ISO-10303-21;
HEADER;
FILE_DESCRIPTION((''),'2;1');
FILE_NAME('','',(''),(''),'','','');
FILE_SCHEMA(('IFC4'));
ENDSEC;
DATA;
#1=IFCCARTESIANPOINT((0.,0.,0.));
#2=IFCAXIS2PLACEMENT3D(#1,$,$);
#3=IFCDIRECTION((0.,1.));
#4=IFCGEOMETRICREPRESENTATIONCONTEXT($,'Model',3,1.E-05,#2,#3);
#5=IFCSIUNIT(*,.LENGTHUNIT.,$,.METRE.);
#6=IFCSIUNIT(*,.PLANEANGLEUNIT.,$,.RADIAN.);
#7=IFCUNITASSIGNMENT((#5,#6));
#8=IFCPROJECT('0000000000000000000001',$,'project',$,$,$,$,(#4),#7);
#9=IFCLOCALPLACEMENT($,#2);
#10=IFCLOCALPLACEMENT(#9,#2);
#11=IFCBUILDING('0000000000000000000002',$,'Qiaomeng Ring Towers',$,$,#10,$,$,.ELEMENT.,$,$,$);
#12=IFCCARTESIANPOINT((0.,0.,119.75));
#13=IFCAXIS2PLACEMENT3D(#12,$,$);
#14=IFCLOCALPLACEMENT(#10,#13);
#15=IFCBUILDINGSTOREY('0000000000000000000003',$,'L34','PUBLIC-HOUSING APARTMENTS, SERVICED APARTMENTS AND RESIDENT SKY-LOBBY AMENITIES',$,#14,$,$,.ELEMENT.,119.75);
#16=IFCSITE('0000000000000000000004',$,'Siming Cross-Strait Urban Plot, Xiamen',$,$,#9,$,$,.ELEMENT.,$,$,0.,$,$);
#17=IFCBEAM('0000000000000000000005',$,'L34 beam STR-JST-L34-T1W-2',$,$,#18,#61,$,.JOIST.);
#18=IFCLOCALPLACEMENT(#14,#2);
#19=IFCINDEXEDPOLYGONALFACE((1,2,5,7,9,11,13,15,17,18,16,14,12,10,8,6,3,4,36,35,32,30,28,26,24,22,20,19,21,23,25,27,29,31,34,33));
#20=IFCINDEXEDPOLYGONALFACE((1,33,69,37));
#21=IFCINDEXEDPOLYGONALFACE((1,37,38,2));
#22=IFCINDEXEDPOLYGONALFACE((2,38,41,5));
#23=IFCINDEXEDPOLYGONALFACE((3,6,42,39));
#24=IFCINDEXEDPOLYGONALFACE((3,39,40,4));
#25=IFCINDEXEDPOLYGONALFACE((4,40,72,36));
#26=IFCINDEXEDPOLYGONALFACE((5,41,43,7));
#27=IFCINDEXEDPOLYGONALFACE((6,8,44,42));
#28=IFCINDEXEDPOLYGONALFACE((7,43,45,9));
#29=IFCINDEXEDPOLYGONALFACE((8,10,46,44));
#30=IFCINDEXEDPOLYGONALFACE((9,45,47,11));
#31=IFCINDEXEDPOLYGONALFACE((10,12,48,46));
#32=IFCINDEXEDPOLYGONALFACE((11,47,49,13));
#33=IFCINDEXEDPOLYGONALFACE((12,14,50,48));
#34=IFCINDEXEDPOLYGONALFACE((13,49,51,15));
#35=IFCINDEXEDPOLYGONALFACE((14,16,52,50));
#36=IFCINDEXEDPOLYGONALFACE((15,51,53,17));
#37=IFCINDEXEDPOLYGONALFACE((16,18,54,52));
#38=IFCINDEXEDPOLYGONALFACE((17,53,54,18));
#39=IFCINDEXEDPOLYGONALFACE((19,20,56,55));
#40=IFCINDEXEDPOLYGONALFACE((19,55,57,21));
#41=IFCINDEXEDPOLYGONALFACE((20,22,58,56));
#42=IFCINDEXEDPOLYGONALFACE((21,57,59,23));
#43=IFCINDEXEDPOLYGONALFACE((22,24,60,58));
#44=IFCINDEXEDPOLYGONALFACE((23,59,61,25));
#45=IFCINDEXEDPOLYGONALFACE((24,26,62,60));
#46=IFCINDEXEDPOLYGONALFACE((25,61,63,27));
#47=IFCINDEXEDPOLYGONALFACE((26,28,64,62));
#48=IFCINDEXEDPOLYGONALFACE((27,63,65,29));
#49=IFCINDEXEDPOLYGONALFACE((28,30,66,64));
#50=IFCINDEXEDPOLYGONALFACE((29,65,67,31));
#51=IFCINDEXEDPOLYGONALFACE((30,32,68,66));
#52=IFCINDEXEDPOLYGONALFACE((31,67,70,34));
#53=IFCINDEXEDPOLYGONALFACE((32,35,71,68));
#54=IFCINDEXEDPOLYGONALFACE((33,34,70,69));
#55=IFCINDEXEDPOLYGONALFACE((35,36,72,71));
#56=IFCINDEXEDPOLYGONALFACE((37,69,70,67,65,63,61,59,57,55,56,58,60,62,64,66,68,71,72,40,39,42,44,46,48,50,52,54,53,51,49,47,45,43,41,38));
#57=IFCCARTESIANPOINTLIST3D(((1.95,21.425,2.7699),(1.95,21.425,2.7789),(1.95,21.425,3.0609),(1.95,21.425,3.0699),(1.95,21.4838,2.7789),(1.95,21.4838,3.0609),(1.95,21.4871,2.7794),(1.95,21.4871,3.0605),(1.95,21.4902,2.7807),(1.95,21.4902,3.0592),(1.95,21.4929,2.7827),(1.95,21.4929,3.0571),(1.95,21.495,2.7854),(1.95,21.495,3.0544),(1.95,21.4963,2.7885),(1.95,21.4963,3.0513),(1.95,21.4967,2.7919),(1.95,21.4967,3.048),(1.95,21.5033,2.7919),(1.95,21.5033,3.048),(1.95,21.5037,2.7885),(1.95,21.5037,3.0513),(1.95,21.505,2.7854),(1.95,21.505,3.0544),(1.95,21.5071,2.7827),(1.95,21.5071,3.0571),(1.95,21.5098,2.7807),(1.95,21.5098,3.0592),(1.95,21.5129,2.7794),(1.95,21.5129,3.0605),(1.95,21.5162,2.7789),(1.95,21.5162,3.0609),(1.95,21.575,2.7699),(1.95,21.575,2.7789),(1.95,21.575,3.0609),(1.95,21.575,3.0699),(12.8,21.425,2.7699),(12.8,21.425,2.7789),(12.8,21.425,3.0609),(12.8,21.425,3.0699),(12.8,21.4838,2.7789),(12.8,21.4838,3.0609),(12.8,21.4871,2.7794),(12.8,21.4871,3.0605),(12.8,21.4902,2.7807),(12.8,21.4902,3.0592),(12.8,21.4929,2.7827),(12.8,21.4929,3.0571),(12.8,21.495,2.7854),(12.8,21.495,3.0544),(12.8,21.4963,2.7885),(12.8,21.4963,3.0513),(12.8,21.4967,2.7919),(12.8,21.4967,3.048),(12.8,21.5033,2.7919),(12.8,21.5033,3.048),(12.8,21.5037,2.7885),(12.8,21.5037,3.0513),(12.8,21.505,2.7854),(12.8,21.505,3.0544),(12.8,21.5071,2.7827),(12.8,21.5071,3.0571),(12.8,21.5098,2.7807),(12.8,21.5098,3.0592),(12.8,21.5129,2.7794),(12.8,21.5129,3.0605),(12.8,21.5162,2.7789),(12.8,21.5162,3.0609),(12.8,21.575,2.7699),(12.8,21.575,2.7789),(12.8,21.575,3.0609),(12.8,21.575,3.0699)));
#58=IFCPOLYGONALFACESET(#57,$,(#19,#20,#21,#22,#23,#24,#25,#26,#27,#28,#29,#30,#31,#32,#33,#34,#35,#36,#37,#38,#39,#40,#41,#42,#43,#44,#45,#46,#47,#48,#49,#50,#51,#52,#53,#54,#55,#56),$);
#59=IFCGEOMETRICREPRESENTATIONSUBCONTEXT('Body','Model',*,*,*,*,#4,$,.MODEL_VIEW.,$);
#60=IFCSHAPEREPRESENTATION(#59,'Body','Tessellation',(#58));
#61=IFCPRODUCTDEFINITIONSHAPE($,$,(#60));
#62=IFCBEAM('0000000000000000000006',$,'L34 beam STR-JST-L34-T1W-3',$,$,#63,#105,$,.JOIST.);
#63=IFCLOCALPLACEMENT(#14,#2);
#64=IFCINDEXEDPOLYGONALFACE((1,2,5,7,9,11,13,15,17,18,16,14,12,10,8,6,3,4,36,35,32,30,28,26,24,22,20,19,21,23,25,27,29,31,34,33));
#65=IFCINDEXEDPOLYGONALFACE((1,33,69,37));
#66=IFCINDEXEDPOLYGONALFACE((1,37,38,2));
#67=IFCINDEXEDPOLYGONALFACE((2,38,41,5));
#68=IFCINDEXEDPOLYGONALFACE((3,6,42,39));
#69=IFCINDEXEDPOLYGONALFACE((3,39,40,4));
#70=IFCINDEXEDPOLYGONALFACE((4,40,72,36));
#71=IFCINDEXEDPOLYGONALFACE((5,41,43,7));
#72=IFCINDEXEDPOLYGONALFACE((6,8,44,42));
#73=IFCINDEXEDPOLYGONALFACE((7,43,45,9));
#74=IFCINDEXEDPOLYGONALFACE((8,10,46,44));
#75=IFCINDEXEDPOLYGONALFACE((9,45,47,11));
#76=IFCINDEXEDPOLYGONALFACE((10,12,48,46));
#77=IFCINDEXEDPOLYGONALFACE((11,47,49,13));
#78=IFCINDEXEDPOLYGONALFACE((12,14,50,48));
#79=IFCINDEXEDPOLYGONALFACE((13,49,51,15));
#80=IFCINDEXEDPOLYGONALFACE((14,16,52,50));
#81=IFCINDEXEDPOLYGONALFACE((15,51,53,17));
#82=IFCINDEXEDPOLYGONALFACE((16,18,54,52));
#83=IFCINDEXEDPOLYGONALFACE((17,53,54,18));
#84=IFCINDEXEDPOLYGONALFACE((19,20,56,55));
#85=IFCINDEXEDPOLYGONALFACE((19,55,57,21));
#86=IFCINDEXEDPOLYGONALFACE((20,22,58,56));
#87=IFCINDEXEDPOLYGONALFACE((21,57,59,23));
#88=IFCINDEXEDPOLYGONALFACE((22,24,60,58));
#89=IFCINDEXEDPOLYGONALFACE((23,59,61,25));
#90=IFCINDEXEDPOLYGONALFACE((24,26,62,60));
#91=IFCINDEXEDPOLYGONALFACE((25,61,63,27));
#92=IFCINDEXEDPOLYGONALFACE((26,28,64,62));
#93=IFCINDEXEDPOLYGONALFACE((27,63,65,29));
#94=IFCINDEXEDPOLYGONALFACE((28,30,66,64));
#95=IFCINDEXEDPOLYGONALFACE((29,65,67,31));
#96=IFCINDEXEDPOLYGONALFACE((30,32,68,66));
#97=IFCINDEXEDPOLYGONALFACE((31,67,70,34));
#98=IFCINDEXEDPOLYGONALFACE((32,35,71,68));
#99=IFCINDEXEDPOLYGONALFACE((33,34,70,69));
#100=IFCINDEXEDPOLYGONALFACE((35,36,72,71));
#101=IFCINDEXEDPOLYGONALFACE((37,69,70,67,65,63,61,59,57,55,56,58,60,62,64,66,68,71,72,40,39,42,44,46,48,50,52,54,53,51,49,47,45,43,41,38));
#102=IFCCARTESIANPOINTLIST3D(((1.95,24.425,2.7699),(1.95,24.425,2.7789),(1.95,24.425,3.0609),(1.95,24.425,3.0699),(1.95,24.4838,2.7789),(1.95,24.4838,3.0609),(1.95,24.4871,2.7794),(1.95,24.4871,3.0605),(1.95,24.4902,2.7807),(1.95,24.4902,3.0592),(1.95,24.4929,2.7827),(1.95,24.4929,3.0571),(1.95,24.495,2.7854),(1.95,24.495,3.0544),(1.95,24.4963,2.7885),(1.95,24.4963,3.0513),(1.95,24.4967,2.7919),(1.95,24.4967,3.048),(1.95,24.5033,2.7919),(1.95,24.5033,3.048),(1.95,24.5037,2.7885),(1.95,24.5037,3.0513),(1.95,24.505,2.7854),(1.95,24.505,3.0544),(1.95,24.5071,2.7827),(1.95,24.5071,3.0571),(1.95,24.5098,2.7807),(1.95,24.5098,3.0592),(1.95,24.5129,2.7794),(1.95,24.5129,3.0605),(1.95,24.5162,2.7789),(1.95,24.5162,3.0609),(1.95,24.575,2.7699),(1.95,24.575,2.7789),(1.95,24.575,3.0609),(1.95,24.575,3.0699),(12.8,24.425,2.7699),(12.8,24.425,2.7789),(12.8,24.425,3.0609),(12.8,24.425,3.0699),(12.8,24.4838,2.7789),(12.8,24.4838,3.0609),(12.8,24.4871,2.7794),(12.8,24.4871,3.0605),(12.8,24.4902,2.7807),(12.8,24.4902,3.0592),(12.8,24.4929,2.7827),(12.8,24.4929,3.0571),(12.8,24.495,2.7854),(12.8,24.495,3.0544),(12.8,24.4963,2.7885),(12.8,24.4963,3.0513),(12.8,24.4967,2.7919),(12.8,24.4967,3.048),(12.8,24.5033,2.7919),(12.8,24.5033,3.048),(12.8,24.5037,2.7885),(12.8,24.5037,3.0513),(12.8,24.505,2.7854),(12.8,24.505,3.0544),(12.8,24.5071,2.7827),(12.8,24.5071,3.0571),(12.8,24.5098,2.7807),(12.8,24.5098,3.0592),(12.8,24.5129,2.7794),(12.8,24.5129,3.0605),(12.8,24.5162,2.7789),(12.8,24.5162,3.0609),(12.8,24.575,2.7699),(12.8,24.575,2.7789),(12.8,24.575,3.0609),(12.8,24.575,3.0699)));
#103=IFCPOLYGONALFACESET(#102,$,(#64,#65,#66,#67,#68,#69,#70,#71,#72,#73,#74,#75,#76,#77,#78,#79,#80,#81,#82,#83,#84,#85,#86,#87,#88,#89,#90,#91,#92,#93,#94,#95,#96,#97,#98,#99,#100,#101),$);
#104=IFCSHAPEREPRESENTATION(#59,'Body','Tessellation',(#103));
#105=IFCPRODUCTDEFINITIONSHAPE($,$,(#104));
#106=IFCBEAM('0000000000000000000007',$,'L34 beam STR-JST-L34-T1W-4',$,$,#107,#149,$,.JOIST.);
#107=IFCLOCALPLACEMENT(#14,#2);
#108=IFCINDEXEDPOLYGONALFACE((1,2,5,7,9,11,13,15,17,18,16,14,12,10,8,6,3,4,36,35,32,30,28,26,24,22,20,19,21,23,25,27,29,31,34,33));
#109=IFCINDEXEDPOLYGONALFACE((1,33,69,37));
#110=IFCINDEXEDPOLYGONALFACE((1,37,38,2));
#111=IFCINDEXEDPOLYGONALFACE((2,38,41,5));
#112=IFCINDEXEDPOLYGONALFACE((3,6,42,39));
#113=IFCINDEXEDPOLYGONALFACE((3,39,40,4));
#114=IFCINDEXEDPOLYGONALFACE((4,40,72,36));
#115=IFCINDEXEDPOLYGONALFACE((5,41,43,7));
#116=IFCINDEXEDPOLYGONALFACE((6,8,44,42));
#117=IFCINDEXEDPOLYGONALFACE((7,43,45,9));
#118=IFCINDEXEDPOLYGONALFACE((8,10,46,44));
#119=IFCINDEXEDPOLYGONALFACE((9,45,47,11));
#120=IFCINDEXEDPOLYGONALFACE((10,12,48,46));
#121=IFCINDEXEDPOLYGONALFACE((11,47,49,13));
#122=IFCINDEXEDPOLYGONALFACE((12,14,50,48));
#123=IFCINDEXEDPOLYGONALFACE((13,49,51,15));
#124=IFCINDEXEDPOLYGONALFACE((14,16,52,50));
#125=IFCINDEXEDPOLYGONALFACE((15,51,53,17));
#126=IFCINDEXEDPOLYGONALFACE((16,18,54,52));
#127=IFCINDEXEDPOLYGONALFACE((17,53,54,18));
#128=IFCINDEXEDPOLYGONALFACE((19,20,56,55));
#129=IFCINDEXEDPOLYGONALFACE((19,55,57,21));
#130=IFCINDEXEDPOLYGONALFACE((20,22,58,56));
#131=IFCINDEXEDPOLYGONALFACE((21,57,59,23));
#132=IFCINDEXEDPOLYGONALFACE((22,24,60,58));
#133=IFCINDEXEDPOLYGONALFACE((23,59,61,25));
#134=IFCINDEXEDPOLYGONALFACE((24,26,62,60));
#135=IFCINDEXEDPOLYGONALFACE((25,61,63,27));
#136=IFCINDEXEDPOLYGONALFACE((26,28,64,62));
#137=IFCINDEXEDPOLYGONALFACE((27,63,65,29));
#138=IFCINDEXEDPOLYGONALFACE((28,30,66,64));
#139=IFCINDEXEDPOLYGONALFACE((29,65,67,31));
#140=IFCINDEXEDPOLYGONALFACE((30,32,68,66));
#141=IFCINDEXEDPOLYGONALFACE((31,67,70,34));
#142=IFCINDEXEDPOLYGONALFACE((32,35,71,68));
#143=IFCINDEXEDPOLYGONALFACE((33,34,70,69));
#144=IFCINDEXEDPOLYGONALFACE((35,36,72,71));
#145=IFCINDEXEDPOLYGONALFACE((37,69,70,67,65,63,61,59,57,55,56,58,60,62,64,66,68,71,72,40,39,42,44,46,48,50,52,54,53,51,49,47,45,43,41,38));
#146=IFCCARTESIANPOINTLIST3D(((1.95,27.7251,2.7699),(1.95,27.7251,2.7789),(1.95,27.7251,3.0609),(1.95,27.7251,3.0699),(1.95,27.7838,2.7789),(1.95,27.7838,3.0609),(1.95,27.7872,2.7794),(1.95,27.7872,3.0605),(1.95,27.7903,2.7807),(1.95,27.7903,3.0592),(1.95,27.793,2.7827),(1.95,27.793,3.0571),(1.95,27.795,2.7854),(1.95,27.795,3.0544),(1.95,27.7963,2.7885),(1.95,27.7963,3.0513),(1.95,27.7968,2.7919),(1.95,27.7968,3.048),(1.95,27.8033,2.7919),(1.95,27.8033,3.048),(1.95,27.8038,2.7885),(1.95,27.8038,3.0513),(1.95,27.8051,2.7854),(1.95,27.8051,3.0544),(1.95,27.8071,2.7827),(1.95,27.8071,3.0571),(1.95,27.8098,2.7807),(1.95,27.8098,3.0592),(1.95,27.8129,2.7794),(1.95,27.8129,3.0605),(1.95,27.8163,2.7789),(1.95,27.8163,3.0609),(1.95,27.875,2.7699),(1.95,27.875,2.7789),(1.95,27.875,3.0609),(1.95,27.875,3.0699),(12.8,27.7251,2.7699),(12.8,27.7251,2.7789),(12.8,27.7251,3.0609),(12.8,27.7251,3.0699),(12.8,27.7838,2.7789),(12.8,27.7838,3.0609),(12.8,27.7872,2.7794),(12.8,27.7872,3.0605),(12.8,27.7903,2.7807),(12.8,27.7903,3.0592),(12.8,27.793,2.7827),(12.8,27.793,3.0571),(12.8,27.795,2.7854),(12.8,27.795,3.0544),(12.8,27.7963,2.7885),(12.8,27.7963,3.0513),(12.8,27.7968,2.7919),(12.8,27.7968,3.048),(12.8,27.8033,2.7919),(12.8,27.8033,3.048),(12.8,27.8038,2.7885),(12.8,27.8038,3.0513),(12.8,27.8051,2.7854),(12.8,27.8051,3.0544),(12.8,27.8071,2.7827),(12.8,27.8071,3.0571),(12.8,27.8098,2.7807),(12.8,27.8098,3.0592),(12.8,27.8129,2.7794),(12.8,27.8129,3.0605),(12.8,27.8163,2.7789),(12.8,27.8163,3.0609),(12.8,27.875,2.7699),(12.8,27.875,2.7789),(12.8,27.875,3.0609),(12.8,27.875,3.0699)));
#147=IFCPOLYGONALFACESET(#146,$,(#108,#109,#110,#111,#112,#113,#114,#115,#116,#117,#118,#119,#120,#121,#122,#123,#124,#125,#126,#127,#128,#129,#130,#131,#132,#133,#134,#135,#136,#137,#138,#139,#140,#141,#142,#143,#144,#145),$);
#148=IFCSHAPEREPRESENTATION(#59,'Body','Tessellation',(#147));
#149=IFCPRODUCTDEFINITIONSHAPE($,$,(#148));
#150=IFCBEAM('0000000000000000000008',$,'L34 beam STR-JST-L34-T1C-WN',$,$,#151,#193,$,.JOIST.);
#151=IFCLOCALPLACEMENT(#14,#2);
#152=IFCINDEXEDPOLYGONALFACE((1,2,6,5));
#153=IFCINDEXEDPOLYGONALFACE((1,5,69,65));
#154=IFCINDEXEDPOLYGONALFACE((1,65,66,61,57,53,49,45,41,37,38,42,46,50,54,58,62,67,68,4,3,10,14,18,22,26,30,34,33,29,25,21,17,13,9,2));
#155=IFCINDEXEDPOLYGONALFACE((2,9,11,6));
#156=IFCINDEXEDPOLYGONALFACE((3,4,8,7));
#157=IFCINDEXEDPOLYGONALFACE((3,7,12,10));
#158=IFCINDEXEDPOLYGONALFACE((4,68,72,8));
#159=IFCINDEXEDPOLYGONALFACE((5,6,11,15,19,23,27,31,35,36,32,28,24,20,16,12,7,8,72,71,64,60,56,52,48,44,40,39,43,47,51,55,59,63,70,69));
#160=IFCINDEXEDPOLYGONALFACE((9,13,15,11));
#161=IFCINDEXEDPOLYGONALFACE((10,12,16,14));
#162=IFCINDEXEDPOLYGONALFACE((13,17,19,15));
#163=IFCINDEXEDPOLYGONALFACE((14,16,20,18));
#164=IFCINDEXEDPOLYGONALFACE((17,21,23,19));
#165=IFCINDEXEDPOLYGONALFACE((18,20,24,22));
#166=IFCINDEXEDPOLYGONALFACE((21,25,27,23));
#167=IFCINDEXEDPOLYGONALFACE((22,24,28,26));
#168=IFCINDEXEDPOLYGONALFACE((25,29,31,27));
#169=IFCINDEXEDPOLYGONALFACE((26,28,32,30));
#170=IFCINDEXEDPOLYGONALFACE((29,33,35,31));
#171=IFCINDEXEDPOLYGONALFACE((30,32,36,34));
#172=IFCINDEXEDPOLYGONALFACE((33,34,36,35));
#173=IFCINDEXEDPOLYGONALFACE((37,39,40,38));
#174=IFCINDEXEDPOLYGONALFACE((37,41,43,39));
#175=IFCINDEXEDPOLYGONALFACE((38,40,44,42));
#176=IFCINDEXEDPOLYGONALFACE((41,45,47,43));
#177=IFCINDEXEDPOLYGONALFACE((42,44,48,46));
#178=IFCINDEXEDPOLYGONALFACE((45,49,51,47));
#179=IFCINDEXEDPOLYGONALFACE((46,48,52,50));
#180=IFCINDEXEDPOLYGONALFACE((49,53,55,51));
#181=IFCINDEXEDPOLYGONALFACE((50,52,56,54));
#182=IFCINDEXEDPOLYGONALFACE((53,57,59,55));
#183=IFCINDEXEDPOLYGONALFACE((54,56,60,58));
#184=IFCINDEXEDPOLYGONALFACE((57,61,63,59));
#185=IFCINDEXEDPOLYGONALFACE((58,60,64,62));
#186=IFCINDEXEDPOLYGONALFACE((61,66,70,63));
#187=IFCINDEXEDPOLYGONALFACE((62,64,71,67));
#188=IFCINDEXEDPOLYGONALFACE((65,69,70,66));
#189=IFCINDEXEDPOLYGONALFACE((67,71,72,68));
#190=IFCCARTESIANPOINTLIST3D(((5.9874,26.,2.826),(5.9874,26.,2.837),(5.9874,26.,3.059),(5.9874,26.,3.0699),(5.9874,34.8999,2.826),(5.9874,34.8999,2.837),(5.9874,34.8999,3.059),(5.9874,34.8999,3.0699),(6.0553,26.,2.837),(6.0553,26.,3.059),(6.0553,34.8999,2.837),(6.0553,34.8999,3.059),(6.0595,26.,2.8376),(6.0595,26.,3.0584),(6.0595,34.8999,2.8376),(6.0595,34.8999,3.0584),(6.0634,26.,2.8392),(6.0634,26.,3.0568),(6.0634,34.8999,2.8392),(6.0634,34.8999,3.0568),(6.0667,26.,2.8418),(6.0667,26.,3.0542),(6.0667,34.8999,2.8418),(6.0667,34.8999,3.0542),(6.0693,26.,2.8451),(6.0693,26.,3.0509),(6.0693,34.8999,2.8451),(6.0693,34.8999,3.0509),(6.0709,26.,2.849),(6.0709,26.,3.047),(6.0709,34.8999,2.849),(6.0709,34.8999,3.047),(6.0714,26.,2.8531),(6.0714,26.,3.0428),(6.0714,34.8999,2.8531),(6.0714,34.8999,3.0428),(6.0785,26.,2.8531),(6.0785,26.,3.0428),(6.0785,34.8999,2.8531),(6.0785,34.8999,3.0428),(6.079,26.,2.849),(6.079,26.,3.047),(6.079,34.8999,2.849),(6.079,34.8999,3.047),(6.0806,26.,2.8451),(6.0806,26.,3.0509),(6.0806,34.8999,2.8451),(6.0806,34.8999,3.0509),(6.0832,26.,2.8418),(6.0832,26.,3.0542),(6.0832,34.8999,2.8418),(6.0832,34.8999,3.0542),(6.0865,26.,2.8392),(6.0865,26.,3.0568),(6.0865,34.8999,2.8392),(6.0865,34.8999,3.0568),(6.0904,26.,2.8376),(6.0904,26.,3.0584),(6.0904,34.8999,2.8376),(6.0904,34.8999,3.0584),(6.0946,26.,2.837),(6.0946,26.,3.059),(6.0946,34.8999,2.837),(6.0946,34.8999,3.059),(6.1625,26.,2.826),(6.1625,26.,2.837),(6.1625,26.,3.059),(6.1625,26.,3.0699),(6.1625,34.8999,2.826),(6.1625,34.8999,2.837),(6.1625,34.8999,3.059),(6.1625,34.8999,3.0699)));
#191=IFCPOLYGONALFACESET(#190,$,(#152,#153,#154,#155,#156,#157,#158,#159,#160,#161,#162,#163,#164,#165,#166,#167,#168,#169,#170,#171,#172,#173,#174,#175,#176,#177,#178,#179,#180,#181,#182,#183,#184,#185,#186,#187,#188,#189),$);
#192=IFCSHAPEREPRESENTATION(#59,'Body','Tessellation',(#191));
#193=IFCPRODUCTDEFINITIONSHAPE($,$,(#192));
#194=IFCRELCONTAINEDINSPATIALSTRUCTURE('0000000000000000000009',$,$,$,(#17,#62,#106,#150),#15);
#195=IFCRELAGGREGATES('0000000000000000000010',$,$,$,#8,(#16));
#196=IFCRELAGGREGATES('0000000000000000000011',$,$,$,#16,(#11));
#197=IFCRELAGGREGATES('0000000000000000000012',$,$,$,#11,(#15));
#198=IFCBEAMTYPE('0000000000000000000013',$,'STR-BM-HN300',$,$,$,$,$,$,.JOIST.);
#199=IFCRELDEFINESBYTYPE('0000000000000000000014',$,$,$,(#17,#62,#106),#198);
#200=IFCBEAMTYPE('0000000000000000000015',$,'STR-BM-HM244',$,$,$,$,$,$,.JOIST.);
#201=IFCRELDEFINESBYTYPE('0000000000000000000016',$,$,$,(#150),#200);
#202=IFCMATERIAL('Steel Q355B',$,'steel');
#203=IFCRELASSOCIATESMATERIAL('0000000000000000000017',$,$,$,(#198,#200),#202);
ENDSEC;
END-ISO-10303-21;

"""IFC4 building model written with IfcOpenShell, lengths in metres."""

from ifc_helpers import new_model, si_unit, direction, frame, origin, origin_2d, place, context, subcontext, project, spatial, i_section, extrude, source, transform, mapped, material, material_profile, profile_set, type_object, element, save


model = new_model("IFC4")

# Units and contexts
model_context = context("Model", 3, precision=1e-05, world=origin(), true_north=direction((0.0, 1.0)))
body_context = subcontext(model_context, "Body", "Model", "MODEL_VIEW")
ifc_project = project(units=[si_unit("LENGTHUNIT", "METRE"), si_unit("PLANEANGLEUNIT", "RADIAN")], contexts=[model_context])

# Site, building, storey
site_placement = place(None, origin())
site = spatial("IfcSite", under=ifc_project, at=site_placement, Name="Siming Cross-Strait Urban Plot, Xiamen", CompositionType="ELEMENT", RefElevation=0.0)
building_placement = place(site_placement, origin())
building = spatial("IfcBuilding", under=site, at=building_placement, Name="Qiaomeng Ring Towers", CompositionType="ELEMENT")
storey_placement = place(building_placement, frame((0.0, 0.0, 119.75)))
storey = spatial("IfcBuildingStorey", under=building, at=storey_placement, Name="L34", Description="PUBLIC-HOUSING APARTMENTS, SERVICED APARTMENTS AND RESIDENT SKY-LOBBY AMENITIES", CompositionType="ELEMENT", Elevation=119.75)

# Beams
ifc_material_1 = material(Name="Steel Q355B", Category="steel")
ifc_material_profile_1 = material_profile(ifc_material_1, i_section(OverallWidth=0.1499, OverallDepth=0.3, WebThickness=0.0066, FlangeThickness=0.009, FilletRadius=0.0129, at=origin_2d()), Name="HN 300x150x6.5x9")
ifc_profile_set_1 = profile_set([ifc_material_profile_1], Name="Steel Q355B")
beam_type_1 = type_object("IfcBeamType", Name="STR-BM-HN300", PredefinedType="JOIST", material=ifc_profile_set_1)
shared_shape_1 = source(origin(), body_context, "Body", "SweptSolid", [
    extrude(i_section(OverallWidth=0.1499, OverallDepth=0.3, WebThickness=0.0066, FlangeThickness=0.009, FilletRadius=0.0129, at=origin_2d()), origin(), (0.0, 0.0, 1.0), 10.8501),
])
for number, where, z_axis, x_axis, name in (
    (1, (1.95, 21.5, 2.9199), (1.0, 0.0, 0.0), (0.0, 1.0, 0.0), "L34 beam STR-JST-L34-T1W-2"),
    (2, (1.95, 24.5, 2.9199), (1.0, 0.0, 0.0), (0.0, 1.0, 0.0), "L34 beam STR-JST-L34-T1W-3"),
    (3, (1.95, 27.8, 2.9199), (1.0, 0.0, 0.0), (0.0, 1.0, 0.0), "L34 beam STR-JST-L34-T1W-4"),
):
    element("IfcBeam", number, at=place(storey_placement, frame(where, z_axis=z_axis, x_axis=x_axis)), inside=storey, type_object=beam_type_1, Name=name, PredefinedType="JOIST", context=body_context, shape_type="MappedRepresentation", body=[
        mapped(shared_shape_1, transform((0.0, 0.0, 0.0), x_axis=(1.0, 0.0, 0.0), y_axis=(0.0, 1.0, 0.0), z_axis=(0.0, 0.0, 1.0), scale=1.0)),
    ])
ifc_material_profile_2 = material_profile(ifc_material_1, i_section(OverallWidth=0.175, OverallDepth=0.2439, WebThickness=0.0071, FlangeThickness=0.011, FilletRadius=0.0161, at=origin_2d()), Name="HM 244x175x7x11")
ifc_profile_set_2 = profile_set([ifc_material_profile_2], Name="Steel Q355B")
beam_type_2 = type_object("IfcBeamType", Name="STR-BM-HM244", PredefinedType="JOIST", material=ifc_profile_set_2)
shared_shape_2 = source(origin(), body_context, "Body", "SweptSolid", [
    extrude(i_section(OverallWidth=0.175, OverallDepth=0.2439, WebThickness=0.0071, FlangeThickness=0.011, FilletRadius=0.0161, at=origin_2d()), origin(), (0.0, 0.0, 1.0), 8.8999),
])
beam_1_placement = place(storey_placement, frame((6.075, 26.0, 2.948), z_axis=(0.0, 1.0, 0.0), x_axis=(-1.0, 0.0, 0.0)))
element("IfcBeam", 4, at=beam_1_placement, inside=storey, type_object=beam_type_2, Name="L34 beam STR-JST-L34-T1C-WN", PredefinedType="JOIST", context=body_context, shape_type="MappedRepresentation", body=[
    mapped(shared_shape_2, transform((0.0, 0.0, 0.0), x_axis=(1.0, 0.0, 0.0), y_axis=(0.0, 1.0, 0.0), z_axis=(0.0, 0.0, 1.0), scale=1.0)),
])

save(model, "model.ifc")
